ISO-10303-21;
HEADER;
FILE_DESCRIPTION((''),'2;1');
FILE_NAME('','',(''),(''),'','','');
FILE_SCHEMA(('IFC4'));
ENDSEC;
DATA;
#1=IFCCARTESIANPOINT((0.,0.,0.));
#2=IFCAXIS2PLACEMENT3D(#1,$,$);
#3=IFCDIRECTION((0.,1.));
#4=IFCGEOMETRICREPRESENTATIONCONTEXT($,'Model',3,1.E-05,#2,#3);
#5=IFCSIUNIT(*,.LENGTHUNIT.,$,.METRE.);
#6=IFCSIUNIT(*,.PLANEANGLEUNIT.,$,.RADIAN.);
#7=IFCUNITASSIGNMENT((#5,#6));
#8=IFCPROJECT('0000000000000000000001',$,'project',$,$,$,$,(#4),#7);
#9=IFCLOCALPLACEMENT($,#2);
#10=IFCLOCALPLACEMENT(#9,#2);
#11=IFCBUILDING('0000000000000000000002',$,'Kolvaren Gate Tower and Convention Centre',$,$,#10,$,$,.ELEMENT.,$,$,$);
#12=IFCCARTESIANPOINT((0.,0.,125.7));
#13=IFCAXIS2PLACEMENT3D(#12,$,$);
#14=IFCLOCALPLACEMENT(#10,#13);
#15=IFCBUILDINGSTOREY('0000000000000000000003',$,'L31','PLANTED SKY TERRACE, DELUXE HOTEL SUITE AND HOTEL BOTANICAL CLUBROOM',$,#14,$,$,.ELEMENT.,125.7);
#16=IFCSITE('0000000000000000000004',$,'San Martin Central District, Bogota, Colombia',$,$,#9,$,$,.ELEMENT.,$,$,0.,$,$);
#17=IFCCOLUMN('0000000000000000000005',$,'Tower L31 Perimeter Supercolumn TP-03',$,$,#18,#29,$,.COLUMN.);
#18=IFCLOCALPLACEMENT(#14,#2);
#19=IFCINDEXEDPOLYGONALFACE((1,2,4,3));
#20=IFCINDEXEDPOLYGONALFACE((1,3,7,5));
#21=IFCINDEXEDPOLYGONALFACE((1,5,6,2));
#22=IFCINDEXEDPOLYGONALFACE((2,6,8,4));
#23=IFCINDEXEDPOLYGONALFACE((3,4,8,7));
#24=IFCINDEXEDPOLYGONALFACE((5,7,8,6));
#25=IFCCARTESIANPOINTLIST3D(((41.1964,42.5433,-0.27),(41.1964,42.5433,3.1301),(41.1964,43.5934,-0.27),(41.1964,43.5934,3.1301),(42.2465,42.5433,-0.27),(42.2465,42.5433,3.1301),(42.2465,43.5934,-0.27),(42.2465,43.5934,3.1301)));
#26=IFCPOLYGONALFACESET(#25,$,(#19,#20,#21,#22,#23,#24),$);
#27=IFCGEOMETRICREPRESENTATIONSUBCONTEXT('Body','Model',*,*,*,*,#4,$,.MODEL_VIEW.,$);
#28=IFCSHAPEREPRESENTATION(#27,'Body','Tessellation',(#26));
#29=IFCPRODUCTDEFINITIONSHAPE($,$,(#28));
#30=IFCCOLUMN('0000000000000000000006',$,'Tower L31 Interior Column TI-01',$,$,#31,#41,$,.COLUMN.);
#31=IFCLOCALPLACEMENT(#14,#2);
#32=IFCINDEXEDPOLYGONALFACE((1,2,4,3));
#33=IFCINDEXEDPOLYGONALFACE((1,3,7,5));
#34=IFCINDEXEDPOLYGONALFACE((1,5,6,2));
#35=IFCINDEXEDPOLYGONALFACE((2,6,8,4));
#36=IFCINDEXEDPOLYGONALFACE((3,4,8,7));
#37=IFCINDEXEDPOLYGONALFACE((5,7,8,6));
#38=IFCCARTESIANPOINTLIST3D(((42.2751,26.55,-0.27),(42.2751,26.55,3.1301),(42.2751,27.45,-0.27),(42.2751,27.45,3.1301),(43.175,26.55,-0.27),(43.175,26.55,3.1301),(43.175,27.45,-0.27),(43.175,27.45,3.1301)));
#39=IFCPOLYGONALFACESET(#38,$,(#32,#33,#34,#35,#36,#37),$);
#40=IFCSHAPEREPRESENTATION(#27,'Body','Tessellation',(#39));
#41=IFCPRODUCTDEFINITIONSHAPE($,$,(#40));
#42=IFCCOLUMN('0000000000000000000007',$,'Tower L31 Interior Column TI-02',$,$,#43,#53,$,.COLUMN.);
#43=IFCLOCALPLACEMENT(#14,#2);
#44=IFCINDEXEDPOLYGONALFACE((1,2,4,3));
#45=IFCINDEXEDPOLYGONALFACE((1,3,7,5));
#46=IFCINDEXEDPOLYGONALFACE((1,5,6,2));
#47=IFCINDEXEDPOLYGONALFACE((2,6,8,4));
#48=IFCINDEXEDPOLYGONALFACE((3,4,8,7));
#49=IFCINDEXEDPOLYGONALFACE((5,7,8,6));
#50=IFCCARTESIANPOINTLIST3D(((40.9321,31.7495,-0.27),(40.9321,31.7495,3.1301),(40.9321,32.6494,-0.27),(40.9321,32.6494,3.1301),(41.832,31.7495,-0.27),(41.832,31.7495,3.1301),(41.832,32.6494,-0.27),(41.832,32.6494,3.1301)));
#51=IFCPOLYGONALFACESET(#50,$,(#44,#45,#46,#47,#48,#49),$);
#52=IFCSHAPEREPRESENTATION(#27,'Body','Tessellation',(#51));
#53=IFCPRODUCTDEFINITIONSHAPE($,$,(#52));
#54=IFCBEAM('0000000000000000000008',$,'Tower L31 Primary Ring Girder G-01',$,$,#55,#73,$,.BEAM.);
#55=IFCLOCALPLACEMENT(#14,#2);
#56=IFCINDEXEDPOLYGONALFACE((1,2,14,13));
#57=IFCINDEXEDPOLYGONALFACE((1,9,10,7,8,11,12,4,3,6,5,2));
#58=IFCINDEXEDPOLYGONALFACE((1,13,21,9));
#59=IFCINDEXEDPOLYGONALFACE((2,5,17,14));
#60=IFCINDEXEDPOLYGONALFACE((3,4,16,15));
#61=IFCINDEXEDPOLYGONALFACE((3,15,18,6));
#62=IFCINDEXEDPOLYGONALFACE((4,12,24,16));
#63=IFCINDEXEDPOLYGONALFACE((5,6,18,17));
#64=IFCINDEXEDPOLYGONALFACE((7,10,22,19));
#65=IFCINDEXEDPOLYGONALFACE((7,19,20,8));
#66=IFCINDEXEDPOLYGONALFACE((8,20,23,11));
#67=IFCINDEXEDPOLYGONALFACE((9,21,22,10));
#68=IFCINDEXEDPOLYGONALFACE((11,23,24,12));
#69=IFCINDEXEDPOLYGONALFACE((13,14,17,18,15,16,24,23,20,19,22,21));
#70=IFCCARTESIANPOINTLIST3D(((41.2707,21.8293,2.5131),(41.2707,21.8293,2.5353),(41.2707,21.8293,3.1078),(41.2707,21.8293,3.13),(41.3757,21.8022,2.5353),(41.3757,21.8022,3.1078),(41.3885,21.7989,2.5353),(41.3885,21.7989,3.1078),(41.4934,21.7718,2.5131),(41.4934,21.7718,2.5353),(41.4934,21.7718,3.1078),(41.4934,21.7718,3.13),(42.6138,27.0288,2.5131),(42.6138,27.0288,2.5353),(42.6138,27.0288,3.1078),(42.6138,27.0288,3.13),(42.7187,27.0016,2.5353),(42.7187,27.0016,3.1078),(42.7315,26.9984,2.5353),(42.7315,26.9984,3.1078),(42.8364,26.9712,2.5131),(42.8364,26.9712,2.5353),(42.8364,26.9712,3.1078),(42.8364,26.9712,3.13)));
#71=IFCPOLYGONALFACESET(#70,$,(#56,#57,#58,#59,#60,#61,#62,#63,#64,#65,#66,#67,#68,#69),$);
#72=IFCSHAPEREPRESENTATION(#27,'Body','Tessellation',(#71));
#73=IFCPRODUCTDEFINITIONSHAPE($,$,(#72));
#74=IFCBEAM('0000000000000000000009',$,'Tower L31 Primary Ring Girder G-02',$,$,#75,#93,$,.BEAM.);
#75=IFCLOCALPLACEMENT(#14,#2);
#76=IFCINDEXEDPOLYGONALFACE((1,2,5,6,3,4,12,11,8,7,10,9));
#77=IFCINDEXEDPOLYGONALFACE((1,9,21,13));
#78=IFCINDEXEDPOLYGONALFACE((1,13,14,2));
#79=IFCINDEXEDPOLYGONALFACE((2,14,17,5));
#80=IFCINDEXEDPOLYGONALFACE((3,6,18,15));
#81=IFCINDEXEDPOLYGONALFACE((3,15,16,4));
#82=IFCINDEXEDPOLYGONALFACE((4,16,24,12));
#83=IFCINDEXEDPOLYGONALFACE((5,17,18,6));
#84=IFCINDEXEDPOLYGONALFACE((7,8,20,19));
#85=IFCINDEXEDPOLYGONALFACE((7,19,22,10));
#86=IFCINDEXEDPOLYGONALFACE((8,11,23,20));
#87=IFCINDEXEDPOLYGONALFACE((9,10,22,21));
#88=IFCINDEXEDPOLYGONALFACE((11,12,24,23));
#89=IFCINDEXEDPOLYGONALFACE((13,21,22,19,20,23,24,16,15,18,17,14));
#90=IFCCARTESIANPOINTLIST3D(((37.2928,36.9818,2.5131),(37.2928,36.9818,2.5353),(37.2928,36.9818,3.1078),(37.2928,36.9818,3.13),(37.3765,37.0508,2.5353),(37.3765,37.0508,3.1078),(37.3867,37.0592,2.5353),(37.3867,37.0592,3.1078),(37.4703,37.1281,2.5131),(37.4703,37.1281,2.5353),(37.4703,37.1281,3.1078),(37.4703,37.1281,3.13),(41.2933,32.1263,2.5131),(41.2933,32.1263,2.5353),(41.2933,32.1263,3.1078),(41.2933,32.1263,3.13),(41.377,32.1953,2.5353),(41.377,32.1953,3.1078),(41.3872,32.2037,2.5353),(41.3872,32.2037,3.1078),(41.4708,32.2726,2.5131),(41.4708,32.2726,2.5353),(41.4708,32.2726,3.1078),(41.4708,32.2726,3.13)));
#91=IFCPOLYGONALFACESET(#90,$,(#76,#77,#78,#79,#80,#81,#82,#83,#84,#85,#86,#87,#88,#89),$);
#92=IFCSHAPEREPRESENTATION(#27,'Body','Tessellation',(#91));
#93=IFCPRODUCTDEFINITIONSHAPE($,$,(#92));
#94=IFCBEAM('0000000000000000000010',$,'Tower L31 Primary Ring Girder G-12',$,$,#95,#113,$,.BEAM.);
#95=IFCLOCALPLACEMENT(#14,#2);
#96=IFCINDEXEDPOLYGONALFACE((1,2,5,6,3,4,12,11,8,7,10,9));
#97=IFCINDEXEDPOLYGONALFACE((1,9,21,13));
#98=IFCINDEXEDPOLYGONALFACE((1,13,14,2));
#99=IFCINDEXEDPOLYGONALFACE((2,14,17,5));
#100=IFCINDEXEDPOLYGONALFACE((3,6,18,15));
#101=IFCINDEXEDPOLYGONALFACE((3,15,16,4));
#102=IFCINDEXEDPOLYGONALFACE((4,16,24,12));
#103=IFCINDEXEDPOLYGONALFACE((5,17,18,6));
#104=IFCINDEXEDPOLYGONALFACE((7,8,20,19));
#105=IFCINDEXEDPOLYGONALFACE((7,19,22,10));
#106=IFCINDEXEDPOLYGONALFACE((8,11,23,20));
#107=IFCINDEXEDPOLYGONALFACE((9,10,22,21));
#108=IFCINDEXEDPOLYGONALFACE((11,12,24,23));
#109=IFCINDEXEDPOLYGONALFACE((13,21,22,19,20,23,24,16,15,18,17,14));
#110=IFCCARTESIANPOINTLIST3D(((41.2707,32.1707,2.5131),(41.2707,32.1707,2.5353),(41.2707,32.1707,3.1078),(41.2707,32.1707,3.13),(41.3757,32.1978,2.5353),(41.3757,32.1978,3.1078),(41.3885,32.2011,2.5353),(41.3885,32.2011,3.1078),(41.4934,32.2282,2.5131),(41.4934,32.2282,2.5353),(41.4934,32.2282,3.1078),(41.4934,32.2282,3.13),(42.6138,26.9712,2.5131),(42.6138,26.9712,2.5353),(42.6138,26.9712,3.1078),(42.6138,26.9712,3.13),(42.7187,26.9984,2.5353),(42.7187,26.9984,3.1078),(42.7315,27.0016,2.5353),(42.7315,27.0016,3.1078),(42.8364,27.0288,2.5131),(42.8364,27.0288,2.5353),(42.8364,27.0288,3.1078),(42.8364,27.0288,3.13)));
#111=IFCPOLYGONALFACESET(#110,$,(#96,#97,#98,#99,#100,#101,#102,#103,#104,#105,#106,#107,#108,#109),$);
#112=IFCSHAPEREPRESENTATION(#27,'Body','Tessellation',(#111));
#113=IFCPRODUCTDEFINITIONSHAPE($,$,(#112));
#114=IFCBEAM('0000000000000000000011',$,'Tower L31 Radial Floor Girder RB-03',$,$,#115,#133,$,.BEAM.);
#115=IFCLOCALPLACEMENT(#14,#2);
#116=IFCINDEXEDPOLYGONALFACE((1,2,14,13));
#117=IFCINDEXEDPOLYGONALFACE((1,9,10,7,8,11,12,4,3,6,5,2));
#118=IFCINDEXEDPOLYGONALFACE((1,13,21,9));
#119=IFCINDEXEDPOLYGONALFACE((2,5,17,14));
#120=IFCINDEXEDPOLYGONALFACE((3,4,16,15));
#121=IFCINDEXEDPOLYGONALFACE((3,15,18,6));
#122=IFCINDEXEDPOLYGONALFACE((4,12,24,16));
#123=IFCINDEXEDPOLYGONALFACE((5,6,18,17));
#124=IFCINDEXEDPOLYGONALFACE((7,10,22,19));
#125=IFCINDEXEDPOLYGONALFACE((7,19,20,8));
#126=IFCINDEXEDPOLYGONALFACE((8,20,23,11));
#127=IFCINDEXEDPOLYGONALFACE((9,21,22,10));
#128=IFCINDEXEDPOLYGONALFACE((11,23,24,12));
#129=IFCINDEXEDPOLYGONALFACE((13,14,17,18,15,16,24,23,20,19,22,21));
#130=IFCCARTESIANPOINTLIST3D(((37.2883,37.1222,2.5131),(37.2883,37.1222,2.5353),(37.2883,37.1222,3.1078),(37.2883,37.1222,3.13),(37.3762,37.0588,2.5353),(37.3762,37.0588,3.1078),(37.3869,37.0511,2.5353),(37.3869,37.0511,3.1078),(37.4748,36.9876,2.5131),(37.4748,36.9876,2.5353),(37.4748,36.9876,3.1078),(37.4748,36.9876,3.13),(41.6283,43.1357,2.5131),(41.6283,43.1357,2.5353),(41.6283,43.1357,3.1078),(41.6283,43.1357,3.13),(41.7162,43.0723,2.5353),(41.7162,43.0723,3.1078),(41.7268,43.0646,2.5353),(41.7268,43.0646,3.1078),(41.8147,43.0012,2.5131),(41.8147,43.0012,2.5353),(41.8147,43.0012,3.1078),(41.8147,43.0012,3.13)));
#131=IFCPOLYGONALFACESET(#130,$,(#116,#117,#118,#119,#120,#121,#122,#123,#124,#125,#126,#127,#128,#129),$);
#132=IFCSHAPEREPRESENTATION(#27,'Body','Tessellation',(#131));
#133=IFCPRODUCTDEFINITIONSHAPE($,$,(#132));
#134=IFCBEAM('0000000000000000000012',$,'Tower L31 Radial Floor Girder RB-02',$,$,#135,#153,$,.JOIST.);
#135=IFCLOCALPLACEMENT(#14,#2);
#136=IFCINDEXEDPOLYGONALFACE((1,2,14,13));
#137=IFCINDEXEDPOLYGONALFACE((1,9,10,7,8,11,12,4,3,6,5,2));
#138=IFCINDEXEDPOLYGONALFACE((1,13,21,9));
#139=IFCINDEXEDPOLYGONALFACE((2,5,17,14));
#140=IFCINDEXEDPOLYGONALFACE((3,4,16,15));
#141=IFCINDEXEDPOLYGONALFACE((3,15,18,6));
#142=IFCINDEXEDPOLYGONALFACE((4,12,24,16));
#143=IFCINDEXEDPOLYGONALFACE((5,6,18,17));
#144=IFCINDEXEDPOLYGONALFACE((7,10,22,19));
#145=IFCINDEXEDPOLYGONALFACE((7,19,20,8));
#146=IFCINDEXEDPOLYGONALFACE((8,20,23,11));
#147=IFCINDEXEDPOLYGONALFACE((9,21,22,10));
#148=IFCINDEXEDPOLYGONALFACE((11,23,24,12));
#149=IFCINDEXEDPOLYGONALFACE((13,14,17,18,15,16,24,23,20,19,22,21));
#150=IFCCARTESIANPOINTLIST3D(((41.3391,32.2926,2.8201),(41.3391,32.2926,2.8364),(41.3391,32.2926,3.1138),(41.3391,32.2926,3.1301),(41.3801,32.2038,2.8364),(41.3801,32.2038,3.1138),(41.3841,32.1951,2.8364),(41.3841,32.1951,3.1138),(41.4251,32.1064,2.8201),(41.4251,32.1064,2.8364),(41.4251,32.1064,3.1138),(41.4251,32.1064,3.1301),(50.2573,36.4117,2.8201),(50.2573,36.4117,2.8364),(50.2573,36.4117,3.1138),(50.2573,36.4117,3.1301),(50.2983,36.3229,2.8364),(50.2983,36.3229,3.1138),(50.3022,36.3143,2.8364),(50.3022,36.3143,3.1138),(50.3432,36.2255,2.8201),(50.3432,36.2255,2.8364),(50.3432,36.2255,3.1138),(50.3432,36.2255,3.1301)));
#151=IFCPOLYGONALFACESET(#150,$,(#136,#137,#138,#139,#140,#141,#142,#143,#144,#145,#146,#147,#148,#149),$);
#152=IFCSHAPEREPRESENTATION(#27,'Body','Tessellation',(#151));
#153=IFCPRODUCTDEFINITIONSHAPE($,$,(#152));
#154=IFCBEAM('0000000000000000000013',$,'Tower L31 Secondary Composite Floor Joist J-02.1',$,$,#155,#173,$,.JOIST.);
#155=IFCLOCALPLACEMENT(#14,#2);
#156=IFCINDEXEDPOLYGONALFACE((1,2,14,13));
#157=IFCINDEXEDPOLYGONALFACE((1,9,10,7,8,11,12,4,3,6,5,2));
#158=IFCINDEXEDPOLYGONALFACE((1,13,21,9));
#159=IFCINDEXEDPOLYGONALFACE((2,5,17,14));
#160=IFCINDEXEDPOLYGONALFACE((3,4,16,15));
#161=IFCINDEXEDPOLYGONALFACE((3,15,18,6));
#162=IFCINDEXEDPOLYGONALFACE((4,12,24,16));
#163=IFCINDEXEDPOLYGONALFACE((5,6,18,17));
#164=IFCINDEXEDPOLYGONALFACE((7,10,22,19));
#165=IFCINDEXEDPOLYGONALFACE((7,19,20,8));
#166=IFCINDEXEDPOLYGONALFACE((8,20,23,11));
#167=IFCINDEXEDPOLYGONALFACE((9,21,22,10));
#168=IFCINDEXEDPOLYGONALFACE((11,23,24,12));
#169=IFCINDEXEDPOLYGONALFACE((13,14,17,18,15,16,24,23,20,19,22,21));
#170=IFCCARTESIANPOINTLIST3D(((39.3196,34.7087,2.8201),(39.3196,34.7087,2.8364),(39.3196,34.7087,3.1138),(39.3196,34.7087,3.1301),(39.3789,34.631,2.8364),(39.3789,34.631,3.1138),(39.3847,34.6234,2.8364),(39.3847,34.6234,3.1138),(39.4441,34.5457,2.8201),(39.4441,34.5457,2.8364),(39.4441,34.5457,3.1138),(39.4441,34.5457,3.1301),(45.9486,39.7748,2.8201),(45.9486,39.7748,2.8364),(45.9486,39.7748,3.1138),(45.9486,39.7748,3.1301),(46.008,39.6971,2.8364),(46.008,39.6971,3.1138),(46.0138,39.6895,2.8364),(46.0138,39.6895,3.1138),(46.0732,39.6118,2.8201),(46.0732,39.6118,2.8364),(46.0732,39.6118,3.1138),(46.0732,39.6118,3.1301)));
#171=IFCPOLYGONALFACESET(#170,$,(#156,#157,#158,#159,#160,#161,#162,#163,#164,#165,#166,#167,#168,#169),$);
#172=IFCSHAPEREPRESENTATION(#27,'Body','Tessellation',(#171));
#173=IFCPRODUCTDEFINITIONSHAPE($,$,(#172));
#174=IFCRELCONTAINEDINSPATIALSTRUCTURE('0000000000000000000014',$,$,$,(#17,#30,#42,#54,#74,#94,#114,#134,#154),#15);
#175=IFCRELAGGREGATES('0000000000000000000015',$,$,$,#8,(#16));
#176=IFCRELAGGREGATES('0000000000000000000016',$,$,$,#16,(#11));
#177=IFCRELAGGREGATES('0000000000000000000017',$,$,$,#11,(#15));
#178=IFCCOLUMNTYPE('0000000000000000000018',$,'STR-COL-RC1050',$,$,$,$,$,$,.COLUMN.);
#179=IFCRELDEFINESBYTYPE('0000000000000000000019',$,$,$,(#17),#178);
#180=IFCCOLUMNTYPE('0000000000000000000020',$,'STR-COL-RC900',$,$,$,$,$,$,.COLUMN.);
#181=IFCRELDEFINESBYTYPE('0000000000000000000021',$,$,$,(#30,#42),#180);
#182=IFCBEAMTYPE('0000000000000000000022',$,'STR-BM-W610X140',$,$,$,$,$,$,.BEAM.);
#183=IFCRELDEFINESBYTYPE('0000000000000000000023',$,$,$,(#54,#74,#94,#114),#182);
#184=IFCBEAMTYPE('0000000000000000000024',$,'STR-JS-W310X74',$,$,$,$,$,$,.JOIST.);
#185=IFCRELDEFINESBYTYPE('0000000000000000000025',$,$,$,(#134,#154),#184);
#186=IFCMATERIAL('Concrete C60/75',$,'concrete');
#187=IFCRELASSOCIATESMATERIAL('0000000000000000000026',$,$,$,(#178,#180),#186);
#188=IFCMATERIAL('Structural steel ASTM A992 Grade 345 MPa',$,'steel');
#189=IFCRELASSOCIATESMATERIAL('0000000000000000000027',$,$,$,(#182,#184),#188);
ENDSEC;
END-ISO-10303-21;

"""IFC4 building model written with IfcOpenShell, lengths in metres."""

from ifc_helpers import new_model, si_unit, direction, frame, origin, origin_2d, place, context, subcontext, project, spatial, rectangle, i_section, extrude, material, material_profile, profile_set, type_object, element, save


model = new_model("IFC4")

# Units and contexts
model_context = context("Model", 3, precision=1e-05, world=origin(), true_north=direction((0.0, 1.0)))
body_context = subcontext(model_context, "Body", "Model", "MODEL_VIEW")
ifc_project = project(units=[si_unit("LENGTHUNIT", "METRE"), si_unit("PLANEANGLEUNIT", "RADIAN")], contexts=[model_context])

# Site, building, storey
site_placement = place(None, origin())
site = spatial("IfcSite", under=ifc_project, at=site_placement, Name="San Martin Central District, Bogota, Colombia", CompositionType="ELEMENT", RefElevation=0.0)
building_placement = place(site_placement, origin())
building = spatial("IfcBuilding", under=site, at=building_placement, Name="Kolvaren Gate Tower and Convention Centre", CompositionType="ELEMENT")
storey_placement = place(building_placement, frame((0.0, 0.0, 125.7)))
storey = spatial("IfcBuildingStorey", under=building, at=storey_placement, Name="L31", Description="PLANTED SKY TERRACE, DELUXE HOTEL SUITE AND HOTEL BOTANICAL CLUBROOM", CompositionType="ELEMENT", Elevation=125.7)

# Columns
ifc_material_1 = material(Name="Concrete C60/75", Category="concrete")
ifc_material_profile_1 = material_profile(ifc_material_1, rectangle(XDim=1.05, YDim=1.05, at=origin_2d()), Name="RC-COL-1050X1050")
ifc_profile_set_1 = profile_set([ifc_material_profile_1], Name="Concrete C60/75")
column_type_1 = type_object("IfcColumnType", Name="STR-COL-RC1050", PredefinedType="COLUMN", material=ifc_profile_set_1)
column_placement = place(storey_placement, frame((41.7214, 43.0684, -0.27), z_axis=(0.0, 0.0, 1.0), x_axis=(1.0, 0.0, 0.0)))
element("IfcColumn", 1, at=column_placement, inside=storey, type_object=column_type_1, Name="Tower L31 Perimeter Supercolumn TP-03", PredefinedType="COLUMN", context=body_context, shape_type="SweptSolid", body=[
    extrude(rectangle(XDim=1.05, YDim=1.05, at=origin_2d()), origin(), (0.0, 0.0, 1.0), 3.4001),
])
ifc_material_profile_2 = material_profile(ifc_material_1, rectangle(XDim=0.8999, YDim=0.8999, at=origin_2d()), Name="RC-COL-900X900")
ifc_profile_set_2 = profile_set([ifc_material_profile_2], Name="Concrete C60/75")
column_type_2 = type_object("IfcColumnType", Name="STR-COL-RC900", PredefinedType="COLUMN", material=ifc_profile_set_2)
for number, where, z_axis, x_axis, name in (
    (2, (42.7251, 27.0, -0.27), (0.0, 0.0, 1.0), (1.0, 0.0, 0.0), "Tower L31 Interior Column TI-01"),
    (3, (41.3821, 32.1995, -0.27), (0.0, 0.0, 1.0), (1.0, 0.0, 0.0), "Tower L31 Interior Column TI-02"),
):
    element("IfcColumn", number, at=place(storey_placement, frame(where, z_axis=z_axis, x_axis=x_axis)), inside=storey, type_object=column_type_2, Name=name, PredefinedType="COLUMN", context=body_context, shape_type="SweptSolid", body=[
        extrude(rectangle(XDim=0.8999, YDim=0.8999, at=origin_2d()), origin(), (0.0, 0.0, 1.0), 3.4001),
    ])

# Beams
ifc_material_2 = material(Name="Structural steel ASTM A992 Grade 345 MPa", Category="steel")
ifc_material_profile_3 = material_profile(ifc_material_2, i_section(OverallWidth=0.23, OverallDepth=0.6169, WebThickness=0.0132, FlangeThickness=0.0222, at=origin_2d()), Name="W610X140")
ifc_profile_set_3 = profile_set([ifc_material_profile_3], Name="Structural steel ASTM A992 Grade 345 MPa")
beam_type_1 = type_object("IfcBeamType", Name="STR-BM-W610X140", PredefinedType="BEAM", material=ifc_profile_set_3)
beam_1_placement = place(storey_placement, frame((42.7251, 27.0, 2.8215), z_axis=(-0.250091, -0.968222, 0.0), x_axis=(0.968222, -0.250091, 0.0)))
element("IfcBeam", 4, at=beam_1_placement, inside=storey, type_object=beam_type_1, Name="Tower L31 Primary Ring Girder G-01", PredefinedType="BEAM", context=body_context, shape_type="SweptSolid", body=[
    extrude(i_section(OverallWidth=0.23, OverallDepth=0.6169, WebThickness=0.0132, FlangeThickness=0.0222, at=origin_2d()), origin(), (0.0, 0.0, 1.0), 5.3701),
])
beam_2_placement = place(storey_placement, frame((41.3821, 32.1995, 2.8215), z_axis=(-0.635884, 0.771785, 0.0), x_axis=(-0.771785, -0.635884, 0.0)))
element("IfcBeam", 5, at=beam_2_placement, inside=storey, type_object=beam_type_1, Name="Tower L31 Primary Ring Girder G-02", PredefinedType="BEAM", context=body_context, shape_type="SweptSolid", body=[
    extrude(i_section(OverallWidth=0.23, OverallDepth=0.6169, WebThickness=0.0132, FlangeThickness=0.0222, at=origin_2d()), origin(), (0.0, 0.0, 1.0), 6.2913),
])
beam_3_placement = place(storey_placement, frame((42.7251, 27.0, 2.8215), z_axis=(-0.250091, 0.968222, 0.0), x_axis=(-0.968222, -0.250091, 0.0)))
element("IfcBeam", 6, at=beam_3_placement, inside=storey, type_object=beam_type_1, Name="Tower L31 Primary Ring Girder G-12", PredefinedType="BEAM", context=body_context, shape_type="SweptSolid", body=[
    extrude(i_section(OverallWidth=0.23, OverallDepth=0.6169, WebThickness=0.0132, FlangeThickness=0.0222, at=origin_2d()), origin(), (0.0, 0.0, 1.0), 5.3701),
])
beam_4_placement = place(storey_placement, frame((37.3816, 37.0549, 2.8215), z_axis=(0.585208, 0.810883, 0.0), x_axis=(-0.810883, 0.585208, 0.0)))
element("IfcBeam", 7, at=beam_4_placement, inside=storey, type_object=beam_type_1, Name="Tower L31 Radial Floor Girder RB-03", PredefinedType="BEAM", context=body_context, shape_type="SweptSolid", body=[
    extrude(i_section(OverallWidth=0.23, OverallDepth=0.6169, WebThickness=0.0132, FlangeThickness=0.0222, at=origin_2d()), origin(), (0.0, 0.0, 1.0), 7.416),
])
ifc_material_profile_4 = material_profile(ifc_material_2, i_section(OverallWidth=0.2051, OverallDepth=0.3101, WebThickness=0.0095, FlangeThickness=0.0164, at=origin_2d()), Name="W310X74")
ifc_profile_set_4 = profile_set([ifc_material_profile_4], Name="Structural steel ASTM A992 Grade 345 MPa")
beam_type_2 = type_object("IfcBeamType", Name="STR-JS-W310X74", PredefinedType="JOIST", material=ifc_profile_set_4)
beam_5_placement = place(storey_placement, frame((41.3821, 32.1995, 2.9751), z_axis=(0.907842, 0.419313, 0.0), x_axis=(-0.419313, 0.907842, 0.0)))
element("IfcBeam", 8, at=beam_5_placement, inside=storey, type_object=beam_type_2, Name="Tower L31 Radial Floor Girder RB-02", PredefinedType="JOIST", context=body_context, shape_type="SweptSolid", body=[
    extrude(i_section(OverallWidth=0.2051, OverallDepth=0.3101, WebThickness=0.0095, FlangeThickness=0.0164, at=origin_2d()), origin(), (0.0, 0.0, 1.0), 9.8235),
])
beam_6_placement = place(storey_placement, frame((39.3818, 34.6272, 2.9751), z_axis=(0.794542, 0.607209, 0.0), x_axis=(-0.607209, 0.794542, 0.0)))
element("IfcBeam", 9, at=beam_6_placement, inside=storey, type_object=beam_type_2, Name="Tower L31 Secondary Composite Floor Joist J-02.1", PredefinedType="JOIST", context=body_context, shape_type="SweptSolid", body=[
    extrude(i_section(OverallWidth=0.2051, OverallDepth=0.3101, WebThickness=0.0095, FlangeThickness=0.0164, at=origin_2d()), origin(), (0.0, 0.0, 1.0), 8.3433),
])

save(model, "model.ifc")
